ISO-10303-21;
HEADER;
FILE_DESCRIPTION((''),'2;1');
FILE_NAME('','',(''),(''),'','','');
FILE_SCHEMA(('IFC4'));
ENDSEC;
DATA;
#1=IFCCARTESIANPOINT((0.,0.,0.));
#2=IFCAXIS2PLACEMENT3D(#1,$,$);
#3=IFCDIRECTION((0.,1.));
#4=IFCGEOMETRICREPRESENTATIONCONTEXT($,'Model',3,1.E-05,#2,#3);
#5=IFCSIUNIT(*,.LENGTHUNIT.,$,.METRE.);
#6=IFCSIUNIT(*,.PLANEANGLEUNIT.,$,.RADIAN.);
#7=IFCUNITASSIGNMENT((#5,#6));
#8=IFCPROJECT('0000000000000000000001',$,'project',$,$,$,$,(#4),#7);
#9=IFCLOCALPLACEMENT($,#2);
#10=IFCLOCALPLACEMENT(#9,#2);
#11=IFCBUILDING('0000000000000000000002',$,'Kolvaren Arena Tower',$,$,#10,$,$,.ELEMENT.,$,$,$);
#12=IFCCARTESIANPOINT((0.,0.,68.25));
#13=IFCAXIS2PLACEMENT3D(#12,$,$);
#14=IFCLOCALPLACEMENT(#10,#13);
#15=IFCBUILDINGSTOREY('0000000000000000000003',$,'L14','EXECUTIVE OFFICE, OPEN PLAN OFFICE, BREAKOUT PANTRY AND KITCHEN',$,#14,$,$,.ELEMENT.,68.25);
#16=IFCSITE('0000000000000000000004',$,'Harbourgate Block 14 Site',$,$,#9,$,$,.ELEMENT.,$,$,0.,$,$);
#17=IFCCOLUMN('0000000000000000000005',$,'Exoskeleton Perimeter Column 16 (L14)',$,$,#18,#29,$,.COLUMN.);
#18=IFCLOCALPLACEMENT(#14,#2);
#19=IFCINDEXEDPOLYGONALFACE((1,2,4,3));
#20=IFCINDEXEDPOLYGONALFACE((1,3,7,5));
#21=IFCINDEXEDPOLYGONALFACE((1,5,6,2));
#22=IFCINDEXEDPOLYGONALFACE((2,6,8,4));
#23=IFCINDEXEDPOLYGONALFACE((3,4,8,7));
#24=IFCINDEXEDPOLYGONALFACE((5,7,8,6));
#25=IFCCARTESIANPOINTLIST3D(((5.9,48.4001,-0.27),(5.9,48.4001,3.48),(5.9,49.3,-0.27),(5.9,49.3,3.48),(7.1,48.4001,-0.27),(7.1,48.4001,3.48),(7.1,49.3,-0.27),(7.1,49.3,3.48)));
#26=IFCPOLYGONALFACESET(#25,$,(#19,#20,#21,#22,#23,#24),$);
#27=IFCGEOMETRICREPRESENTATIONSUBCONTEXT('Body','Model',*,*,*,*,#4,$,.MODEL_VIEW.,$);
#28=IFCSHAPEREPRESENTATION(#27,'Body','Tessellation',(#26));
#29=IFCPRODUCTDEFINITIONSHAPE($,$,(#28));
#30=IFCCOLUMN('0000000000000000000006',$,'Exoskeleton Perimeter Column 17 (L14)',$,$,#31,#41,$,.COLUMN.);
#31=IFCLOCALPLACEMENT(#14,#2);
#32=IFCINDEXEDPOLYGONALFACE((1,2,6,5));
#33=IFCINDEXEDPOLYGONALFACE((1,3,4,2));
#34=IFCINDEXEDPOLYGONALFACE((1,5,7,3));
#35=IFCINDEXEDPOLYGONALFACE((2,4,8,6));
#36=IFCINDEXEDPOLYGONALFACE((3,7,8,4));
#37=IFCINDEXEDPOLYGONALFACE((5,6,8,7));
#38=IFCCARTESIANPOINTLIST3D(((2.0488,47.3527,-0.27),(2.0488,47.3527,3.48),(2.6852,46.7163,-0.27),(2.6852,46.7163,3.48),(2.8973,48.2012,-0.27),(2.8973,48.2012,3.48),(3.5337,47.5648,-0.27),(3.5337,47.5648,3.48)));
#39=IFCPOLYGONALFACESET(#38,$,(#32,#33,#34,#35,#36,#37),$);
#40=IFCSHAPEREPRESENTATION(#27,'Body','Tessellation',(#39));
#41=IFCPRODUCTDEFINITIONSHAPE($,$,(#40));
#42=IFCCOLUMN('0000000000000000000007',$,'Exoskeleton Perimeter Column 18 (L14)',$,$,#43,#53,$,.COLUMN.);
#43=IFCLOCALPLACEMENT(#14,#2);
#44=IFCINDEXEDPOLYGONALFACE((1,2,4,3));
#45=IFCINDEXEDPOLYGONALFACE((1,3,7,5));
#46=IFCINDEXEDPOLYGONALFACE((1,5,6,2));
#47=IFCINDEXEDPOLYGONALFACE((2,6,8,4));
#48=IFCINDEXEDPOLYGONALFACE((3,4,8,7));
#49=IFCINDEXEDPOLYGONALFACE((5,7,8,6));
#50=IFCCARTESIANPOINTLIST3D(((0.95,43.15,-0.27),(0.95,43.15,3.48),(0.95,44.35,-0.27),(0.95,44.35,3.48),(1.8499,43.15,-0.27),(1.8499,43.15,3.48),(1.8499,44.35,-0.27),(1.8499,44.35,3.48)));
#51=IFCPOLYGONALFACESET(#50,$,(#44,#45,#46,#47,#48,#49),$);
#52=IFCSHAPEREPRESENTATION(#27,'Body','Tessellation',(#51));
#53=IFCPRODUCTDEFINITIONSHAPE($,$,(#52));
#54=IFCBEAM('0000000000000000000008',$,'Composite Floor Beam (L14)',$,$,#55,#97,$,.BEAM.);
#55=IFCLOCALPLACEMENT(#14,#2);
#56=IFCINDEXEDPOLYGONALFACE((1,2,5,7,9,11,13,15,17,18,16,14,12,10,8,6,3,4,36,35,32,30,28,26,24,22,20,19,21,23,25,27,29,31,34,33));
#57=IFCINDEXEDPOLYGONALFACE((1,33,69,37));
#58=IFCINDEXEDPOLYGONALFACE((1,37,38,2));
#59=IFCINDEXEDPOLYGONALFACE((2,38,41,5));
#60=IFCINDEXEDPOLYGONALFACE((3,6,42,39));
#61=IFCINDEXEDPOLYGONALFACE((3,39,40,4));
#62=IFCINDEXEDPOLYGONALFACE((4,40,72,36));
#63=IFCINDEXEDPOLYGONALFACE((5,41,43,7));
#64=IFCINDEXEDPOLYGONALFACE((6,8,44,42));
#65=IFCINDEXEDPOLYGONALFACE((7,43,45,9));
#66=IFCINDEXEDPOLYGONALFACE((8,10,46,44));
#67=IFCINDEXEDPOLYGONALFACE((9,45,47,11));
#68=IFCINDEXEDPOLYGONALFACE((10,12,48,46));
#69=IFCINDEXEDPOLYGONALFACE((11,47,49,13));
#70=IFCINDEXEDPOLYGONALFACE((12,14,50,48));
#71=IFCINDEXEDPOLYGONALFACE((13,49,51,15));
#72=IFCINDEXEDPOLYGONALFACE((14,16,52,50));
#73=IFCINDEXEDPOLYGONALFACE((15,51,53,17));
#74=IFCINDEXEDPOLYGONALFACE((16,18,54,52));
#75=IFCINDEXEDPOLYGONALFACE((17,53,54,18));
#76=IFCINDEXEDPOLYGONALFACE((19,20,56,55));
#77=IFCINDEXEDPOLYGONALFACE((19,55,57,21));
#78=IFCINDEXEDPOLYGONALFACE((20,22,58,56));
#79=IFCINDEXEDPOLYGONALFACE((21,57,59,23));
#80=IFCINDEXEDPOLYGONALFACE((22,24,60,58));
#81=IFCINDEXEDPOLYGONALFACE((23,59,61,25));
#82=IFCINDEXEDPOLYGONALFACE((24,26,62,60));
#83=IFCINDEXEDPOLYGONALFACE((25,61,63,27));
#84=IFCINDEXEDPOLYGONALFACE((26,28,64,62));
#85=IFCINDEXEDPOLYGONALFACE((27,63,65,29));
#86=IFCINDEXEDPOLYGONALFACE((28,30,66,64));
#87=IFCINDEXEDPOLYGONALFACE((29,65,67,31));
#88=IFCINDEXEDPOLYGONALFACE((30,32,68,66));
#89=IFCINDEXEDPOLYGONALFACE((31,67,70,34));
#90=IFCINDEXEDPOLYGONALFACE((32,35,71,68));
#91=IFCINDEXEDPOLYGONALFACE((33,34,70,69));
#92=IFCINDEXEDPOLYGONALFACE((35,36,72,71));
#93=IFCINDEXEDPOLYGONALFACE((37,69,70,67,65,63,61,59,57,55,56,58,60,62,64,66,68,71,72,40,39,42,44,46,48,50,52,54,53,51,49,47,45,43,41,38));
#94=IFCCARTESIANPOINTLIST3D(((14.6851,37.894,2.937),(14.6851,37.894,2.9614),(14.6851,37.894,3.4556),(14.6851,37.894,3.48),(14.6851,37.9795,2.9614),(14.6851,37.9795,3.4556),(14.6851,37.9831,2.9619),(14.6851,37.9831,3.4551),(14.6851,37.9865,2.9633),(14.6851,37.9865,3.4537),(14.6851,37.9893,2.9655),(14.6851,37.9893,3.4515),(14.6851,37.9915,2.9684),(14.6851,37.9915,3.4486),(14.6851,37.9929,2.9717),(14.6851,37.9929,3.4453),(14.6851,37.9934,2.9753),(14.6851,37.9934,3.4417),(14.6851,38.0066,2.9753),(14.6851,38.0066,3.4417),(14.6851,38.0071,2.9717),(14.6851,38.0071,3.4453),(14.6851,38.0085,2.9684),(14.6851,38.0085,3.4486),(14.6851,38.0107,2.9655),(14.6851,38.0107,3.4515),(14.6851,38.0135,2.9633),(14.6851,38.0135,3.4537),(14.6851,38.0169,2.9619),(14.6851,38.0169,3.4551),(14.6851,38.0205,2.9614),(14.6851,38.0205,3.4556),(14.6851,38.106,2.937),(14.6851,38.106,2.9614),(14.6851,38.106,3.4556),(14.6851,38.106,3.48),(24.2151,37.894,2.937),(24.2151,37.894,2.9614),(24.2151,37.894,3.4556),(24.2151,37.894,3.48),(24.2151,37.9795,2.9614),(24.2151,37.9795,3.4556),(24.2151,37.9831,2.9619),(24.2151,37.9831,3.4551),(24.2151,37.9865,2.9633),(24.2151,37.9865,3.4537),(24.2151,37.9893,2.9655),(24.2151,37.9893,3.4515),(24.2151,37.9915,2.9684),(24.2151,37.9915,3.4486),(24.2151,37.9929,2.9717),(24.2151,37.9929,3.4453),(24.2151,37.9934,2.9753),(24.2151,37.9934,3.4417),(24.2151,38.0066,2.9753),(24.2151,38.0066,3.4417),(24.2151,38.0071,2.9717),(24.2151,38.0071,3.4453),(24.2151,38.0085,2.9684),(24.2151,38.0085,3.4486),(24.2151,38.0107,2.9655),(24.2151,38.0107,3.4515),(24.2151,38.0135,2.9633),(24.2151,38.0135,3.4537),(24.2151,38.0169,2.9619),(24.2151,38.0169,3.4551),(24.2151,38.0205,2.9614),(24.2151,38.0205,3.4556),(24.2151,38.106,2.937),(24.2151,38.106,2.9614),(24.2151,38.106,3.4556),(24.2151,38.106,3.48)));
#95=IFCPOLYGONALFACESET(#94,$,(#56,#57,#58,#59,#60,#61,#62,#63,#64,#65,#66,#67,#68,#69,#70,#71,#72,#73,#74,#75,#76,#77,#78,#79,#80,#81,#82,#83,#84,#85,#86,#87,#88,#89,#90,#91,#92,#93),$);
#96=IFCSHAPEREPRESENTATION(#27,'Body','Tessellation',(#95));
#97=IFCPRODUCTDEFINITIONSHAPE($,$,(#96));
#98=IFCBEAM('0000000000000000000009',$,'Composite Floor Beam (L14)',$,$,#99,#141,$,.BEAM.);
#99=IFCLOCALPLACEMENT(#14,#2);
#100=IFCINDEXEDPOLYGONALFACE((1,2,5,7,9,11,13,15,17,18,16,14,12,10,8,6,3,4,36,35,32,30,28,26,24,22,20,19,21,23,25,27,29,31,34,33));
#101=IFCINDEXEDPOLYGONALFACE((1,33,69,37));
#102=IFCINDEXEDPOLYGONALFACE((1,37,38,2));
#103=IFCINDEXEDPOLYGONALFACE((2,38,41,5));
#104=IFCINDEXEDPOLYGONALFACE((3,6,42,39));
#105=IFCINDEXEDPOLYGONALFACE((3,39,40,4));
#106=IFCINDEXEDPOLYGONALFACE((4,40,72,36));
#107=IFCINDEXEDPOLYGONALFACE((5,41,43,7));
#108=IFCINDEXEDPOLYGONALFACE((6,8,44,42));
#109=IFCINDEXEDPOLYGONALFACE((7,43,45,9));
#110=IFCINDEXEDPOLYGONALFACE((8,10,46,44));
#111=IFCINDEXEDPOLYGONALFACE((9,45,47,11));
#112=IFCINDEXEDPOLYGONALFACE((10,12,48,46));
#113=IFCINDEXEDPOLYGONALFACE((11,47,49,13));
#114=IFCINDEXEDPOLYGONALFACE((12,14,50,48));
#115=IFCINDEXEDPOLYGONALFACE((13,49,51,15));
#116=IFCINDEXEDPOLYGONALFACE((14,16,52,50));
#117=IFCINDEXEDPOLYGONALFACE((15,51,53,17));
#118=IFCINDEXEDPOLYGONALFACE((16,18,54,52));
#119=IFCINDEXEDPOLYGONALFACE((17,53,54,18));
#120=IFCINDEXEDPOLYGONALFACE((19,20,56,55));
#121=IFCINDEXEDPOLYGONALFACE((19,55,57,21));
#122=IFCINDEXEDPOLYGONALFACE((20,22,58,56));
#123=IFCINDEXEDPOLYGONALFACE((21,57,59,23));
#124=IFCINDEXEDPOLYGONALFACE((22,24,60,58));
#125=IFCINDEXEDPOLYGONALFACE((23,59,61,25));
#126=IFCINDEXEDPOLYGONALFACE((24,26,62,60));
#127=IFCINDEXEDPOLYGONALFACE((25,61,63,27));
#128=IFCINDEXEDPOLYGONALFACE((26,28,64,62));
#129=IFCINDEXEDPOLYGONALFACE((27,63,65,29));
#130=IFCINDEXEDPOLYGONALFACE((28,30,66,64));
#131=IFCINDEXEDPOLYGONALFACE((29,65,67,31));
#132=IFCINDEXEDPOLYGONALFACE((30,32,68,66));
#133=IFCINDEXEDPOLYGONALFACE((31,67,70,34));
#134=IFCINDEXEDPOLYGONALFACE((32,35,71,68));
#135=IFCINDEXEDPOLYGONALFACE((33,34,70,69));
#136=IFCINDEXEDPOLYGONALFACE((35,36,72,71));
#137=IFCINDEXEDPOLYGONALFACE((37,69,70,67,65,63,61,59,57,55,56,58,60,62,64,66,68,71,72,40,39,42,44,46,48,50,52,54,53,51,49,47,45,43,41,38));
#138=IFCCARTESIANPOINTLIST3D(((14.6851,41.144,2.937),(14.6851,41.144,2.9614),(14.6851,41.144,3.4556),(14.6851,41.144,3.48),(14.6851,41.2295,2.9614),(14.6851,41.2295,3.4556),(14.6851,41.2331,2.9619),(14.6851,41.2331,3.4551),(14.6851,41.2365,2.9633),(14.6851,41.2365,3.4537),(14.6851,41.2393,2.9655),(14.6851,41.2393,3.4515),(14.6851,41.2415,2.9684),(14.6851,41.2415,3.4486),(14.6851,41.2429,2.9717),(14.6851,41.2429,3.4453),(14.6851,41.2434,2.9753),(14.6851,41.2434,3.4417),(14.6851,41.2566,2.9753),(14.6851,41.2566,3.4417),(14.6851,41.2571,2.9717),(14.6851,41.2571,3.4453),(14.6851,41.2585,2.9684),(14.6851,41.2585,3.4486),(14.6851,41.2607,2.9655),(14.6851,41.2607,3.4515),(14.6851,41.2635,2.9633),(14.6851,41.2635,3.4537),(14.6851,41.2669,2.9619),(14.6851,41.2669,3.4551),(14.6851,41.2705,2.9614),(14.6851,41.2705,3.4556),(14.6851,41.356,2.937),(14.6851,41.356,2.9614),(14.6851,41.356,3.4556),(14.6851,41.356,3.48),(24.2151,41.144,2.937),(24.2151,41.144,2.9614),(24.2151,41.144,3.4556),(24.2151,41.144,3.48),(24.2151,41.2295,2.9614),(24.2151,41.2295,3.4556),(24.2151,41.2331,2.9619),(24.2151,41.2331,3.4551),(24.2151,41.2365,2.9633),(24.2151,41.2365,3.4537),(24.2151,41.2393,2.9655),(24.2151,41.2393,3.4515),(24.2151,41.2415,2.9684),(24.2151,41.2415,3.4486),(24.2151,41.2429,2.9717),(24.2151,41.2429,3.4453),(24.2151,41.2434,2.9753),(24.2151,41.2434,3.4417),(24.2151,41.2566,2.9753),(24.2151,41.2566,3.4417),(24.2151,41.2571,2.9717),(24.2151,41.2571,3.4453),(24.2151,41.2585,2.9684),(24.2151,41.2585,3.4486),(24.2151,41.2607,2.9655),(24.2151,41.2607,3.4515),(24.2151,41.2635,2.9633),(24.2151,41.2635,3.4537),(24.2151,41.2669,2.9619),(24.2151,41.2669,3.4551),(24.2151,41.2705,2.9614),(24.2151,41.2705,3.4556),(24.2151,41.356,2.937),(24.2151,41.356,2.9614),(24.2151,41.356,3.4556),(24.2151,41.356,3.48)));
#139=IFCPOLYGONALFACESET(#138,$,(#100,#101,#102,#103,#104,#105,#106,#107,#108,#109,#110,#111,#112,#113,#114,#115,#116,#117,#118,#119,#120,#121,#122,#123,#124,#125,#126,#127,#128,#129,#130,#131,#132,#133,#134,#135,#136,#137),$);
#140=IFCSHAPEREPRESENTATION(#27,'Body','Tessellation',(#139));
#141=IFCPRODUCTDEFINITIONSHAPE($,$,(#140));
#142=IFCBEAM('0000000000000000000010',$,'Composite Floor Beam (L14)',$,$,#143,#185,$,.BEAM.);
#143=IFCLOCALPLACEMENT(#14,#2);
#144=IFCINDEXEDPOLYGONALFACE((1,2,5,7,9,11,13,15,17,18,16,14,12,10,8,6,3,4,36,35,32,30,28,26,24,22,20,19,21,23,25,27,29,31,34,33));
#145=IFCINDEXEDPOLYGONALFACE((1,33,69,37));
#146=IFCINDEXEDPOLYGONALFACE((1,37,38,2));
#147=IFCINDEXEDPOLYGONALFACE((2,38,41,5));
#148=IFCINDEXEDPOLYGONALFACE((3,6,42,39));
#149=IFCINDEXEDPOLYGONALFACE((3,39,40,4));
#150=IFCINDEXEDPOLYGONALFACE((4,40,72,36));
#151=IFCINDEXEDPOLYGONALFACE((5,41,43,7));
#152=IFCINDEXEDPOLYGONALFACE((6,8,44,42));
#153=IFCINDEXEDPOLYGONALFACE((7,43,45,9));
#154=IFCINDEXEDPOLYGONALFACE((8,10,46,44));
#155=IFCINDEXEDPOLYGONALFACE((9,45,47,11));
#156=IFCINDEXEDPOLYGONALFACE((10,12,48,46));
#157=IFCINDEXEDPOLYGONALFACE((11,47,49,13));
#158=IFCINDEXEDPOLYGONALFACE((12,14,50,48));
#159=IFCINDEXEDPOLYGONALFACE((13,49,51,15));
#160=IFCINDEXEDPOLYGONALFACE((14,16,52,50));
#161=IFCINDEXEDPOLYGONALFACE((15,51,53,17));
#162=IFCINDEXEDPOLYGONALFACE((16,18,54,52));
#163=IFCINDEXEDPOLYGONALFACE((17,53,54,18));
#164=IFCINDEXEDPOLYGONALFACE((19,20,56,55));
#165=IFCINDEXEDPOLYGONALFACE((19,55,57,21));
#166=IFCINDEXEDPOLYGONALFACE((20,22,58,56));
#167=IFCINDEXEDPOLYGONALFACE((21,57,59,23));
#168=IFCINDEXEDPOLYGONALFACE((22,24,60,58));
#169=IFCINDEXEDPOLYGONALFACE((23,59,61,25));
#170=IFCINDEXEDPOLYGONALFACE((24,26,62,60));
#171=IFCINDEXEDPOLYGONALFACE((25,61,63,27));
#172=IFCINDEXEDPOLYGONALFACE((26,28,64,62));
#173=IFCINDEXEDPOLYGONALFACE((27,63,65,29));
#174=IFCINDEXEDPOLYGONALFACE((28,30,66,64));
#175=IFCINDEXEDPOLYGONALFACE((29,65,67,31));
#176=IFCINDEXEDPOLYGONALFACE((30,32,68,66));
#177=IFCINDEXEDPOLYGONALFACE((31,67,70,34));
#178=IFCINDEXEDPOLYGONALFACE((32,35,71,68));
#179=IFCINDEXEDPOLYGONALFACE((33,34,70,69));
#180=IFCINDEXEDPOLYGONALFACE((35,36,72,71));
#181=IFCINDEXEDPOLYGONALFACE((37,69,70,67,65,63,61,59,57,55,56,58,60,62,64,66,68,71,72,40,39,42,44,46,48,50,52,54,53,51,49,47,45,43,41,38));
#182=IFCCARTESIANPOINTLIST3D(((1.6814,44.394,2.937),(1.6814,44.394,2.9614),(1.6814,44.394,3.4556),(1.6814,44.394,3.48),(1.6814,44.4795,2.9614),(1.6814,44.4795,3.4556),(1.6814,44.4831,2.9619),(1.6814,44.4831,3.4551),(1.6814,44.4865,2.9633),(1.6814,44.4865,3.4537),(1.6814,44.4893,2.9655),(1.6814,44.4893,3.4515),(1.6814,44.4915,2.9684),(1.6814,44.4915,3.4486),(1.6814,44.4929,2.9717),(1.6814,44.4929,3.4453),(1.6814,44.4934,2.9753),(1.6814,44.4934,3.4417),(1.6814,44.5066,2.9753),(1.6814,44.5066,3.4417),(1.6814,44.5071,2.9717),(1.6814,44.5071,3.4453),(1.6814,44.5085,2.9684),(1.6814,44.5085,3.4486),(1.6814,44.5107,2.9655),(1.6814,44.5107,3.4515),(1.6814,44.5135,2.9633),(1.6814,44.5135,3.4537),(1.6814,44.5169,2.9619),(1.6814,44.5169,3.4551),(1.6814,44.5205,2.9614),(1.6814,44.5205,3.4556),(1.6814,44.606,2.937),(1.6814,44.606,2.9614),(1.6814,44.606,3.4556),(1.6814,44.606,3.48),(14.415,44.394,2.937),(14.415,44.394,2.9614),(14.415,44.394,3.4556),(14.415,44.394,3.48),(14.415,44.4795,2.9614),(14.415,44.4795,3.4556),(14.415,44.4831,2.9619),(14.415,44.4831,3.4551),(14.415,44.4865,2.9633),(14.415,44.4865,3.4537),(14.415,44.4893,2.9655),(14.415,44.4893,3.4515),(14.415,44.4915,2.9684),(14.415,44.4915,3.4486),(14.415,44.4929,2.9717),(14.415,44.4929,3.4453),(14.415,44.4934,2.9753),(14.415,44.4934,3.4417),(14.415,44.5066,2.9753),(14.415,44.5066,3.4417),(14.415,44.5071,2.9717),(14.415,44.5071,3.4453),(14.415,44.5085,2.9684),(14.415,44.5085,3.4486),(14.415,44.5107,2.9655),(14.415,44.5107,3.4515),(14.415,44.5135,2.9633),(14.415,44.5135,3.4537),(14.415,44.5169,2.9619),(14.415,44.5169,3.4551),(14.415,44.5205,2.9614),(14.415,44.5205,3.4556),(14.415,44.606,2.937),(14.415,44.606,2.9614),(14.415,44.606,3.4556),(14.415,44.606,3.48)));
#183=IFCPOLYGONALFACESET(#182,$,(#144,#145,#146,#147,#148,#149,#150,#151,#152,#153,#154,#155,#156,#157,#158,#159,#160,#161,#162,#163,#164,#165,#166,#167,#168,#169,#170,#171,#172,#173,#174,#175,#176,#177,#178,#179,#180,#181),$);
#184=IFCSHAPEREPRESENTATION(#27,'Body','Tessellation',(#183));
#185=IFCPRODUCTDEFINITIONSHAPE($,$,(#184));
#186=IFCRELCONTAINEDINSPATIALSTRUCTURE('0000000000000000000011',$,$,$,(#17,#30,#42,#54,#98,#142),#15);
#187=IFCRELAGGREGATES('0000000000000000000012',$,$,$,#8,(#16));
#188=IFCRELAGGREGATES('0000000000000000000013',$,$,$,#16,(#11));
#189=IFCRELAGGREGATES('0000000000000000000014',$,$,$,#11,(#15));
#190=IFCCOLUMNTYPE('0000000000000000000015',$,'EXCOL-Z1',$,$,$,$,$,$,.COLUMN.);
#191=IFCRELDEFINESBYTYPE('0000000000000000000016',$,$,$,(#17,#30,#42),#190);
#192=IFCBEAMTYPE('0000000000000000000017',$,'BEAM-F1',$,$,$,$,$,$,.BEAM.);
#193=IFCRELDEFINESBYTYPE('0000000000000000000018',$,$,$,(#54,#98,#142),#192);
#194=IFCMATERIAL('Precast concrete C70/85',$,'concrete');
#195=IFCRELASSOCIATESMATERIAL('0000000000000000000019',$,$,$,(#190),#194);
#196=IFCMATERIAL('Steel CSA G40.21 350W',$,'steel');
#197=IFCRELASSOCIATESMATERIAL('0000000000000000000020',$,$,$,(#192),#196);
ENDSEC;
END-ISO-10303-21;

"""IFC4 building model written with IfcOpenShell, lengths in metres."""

from ifc_helpers import new_model, si_unit, direction, frame, origin, origin_2d, place, context, subcontext, project, spatial, rectangle, i_section, extrude, material, material_profile, profile_set, type_object, element, save


model = new_model("IFC4")

# Units and contexts
model_context = context("Model", 3, precision=1e-05, world=origin(), true_north=direction((0.0, 1.0)))
body_context = subcontext(model_context, "Body", "Model", "MODEL_VIEW")
ifc_project = project(units=[si_unit("LENGTHUNIT", "METRE"), si_unit("PLANEANGLEUNIT", "RADIAN")], contexts=[model_context])

# Site, building, storey
site_placement = place(None, origin())
site = spatial("IfcSite", under=ifc_project, at=site_placement, Name="Harbourgate Block 14 Site", CompositionType="ELEMENT", RefElevation=0.0)
building_placement = place(site_placement, origin())
building = spatial("IfcBuilding", under=site, at=building_placement, Name="Kolvaren Arena Tower", CompositionType="ELEMENT")
storey_placement = place(building_placement, frame((0.0, 0.0, 68.25)))
storey = spatial("IfcBuildingStorey", under=building, at=storey_placement, Name="L14", Description="EXECUTIVE OFFICE, OPEN PLAN OFFICE, BREAKOUT PANTRY AND KITCHEN", CompositionType="ELEMENT", Elevation=68.25)

# Columns
ifc_material_1 = material(Name="Precast concrete C70/85", Category="concrete")
ifc_material_profile_1 = material_profile(ifc_material_1, rectangle(XDim=1.2, YDim=0.8999, at=origin_2d()), Name="RC-1200x900")
ifc_profile_set_1 = profile_set([ifc_material_profile_1], Name="Precast concrete C70/85")
column_type = type_object("IfcColumnType", Name="EXCOL-Z1", PredefinedType="COLUMN", material=ifc_profile_set_1)
for number, where, z_axis, x_axis, name in (
    (1, (6.5, 48.8501, -0.27), (0.0, 0.0, 1.0), (1.0, 0.0, 0.0), "Exoskeleton Perimeter Column 16 (L14)"),
    (2, (2.7913, 47.4587, -0.27), (0.0, 0.0, 1.0), (0.707107, 0.707107, 0.0), "Exoskeleton Perimeter Column 17 (L14)"),
    (3, (1.3999, 43.75, -0.27), (0.0, 0.0, 1.0), (0.0, 1.0, 0.0), "Exoskeleton Perimeter Column 18 (L14)"),
):
    element("IfcColumn", number, at=place(storey_placement, frame(where, z_axis=z_axis, x_axis=x_axis)), inside=storey, type_object=column_type, Name=name, PredefinedType="COLUMN", context=body_context, shape_type="SweptSolid", body=[
        extrude(rectangle(XDim=1.2, YDim=0.8999, at=origin_2d()), origin(), (0.0, 0.0, 1.0), 3.75),
    ])

# Beams
ifc_material_2 = material(Name="Steel CSA G40.21 350W", Category="steel")
ifc_material_profile_2 = material_profile(ifc_material_2, i_section(OverallWidth=0.2119, OverallDepth=0.543, WebThickness=0.0132, FlangeThickness=0.0244, FilletRadius=0.0139, at=origin_2d()), Name="W530x150")
ifc_profile_set_2 = profile_set([ifc_material_profile_2], Name="Steel CSA G40.21 350W")
beam_type_1 = type_object("IfcBeamType", Name="BEAM-F1", PredefinedType="BEAM", material=ifc_profile_set_2)
for number, where, z_axis, x_axis, name in (
    (4, (14.6851, 38.0, 3.2085), (1.0, 0.0, 0.0), (0.0, 1.0, 0.0), "Composite Floor Beam (L14)"),
    (5, (14.6851, 41.25, 3.2085), (1.0, 0.0, 0.0), (0.0, 1.0, 0.0), "Composite Floor Beam (L14)"),
):
    element("IfcBeam", number, at=place(storey_placement, frame(where, z_axis=z_axis, x_axis=x_axis)), inside=storey, type_object=beam_type_1, Name=name, PredefinedType="BEAM", context=body_context, shape_type="SweptSolid", body=[
        extrude(i_section(OverallWidth=0.2119, OverallDepth=0.543, WebThickness=0.0132, FlangeThickness=0.0244, FilletRadius=0.0139, at=origin_2d()), origin(), (0.0, 0.0, 1.0), 9.53),
    ])
beam_1_placement = place(storey_placement, frame((1.6814, 44.5, 3.2085), z_axis=(1.0, 0.0, 0.0), x_axis=(0.0, 1.0, 0.0)))
element("IfcBeam", 6, at=beam_1_placement, inside=storey, type_object=beam_type_1, Name="Composite Floor Beam (L14)", PredefinedType="BEAM", context=body_context, shape_type="SweptSolid", body=[
    extrude(i_section(OverallWidth=0.2119, OverallDepth=0.543, WebThickness=0.0132, FlangeThickness=0.0244, FilletRadius=0.0139, at=origin_2d()), origin(), (0.0, 0.0, 1.0), 12.7336),
])

save(model, "model.ifc")
